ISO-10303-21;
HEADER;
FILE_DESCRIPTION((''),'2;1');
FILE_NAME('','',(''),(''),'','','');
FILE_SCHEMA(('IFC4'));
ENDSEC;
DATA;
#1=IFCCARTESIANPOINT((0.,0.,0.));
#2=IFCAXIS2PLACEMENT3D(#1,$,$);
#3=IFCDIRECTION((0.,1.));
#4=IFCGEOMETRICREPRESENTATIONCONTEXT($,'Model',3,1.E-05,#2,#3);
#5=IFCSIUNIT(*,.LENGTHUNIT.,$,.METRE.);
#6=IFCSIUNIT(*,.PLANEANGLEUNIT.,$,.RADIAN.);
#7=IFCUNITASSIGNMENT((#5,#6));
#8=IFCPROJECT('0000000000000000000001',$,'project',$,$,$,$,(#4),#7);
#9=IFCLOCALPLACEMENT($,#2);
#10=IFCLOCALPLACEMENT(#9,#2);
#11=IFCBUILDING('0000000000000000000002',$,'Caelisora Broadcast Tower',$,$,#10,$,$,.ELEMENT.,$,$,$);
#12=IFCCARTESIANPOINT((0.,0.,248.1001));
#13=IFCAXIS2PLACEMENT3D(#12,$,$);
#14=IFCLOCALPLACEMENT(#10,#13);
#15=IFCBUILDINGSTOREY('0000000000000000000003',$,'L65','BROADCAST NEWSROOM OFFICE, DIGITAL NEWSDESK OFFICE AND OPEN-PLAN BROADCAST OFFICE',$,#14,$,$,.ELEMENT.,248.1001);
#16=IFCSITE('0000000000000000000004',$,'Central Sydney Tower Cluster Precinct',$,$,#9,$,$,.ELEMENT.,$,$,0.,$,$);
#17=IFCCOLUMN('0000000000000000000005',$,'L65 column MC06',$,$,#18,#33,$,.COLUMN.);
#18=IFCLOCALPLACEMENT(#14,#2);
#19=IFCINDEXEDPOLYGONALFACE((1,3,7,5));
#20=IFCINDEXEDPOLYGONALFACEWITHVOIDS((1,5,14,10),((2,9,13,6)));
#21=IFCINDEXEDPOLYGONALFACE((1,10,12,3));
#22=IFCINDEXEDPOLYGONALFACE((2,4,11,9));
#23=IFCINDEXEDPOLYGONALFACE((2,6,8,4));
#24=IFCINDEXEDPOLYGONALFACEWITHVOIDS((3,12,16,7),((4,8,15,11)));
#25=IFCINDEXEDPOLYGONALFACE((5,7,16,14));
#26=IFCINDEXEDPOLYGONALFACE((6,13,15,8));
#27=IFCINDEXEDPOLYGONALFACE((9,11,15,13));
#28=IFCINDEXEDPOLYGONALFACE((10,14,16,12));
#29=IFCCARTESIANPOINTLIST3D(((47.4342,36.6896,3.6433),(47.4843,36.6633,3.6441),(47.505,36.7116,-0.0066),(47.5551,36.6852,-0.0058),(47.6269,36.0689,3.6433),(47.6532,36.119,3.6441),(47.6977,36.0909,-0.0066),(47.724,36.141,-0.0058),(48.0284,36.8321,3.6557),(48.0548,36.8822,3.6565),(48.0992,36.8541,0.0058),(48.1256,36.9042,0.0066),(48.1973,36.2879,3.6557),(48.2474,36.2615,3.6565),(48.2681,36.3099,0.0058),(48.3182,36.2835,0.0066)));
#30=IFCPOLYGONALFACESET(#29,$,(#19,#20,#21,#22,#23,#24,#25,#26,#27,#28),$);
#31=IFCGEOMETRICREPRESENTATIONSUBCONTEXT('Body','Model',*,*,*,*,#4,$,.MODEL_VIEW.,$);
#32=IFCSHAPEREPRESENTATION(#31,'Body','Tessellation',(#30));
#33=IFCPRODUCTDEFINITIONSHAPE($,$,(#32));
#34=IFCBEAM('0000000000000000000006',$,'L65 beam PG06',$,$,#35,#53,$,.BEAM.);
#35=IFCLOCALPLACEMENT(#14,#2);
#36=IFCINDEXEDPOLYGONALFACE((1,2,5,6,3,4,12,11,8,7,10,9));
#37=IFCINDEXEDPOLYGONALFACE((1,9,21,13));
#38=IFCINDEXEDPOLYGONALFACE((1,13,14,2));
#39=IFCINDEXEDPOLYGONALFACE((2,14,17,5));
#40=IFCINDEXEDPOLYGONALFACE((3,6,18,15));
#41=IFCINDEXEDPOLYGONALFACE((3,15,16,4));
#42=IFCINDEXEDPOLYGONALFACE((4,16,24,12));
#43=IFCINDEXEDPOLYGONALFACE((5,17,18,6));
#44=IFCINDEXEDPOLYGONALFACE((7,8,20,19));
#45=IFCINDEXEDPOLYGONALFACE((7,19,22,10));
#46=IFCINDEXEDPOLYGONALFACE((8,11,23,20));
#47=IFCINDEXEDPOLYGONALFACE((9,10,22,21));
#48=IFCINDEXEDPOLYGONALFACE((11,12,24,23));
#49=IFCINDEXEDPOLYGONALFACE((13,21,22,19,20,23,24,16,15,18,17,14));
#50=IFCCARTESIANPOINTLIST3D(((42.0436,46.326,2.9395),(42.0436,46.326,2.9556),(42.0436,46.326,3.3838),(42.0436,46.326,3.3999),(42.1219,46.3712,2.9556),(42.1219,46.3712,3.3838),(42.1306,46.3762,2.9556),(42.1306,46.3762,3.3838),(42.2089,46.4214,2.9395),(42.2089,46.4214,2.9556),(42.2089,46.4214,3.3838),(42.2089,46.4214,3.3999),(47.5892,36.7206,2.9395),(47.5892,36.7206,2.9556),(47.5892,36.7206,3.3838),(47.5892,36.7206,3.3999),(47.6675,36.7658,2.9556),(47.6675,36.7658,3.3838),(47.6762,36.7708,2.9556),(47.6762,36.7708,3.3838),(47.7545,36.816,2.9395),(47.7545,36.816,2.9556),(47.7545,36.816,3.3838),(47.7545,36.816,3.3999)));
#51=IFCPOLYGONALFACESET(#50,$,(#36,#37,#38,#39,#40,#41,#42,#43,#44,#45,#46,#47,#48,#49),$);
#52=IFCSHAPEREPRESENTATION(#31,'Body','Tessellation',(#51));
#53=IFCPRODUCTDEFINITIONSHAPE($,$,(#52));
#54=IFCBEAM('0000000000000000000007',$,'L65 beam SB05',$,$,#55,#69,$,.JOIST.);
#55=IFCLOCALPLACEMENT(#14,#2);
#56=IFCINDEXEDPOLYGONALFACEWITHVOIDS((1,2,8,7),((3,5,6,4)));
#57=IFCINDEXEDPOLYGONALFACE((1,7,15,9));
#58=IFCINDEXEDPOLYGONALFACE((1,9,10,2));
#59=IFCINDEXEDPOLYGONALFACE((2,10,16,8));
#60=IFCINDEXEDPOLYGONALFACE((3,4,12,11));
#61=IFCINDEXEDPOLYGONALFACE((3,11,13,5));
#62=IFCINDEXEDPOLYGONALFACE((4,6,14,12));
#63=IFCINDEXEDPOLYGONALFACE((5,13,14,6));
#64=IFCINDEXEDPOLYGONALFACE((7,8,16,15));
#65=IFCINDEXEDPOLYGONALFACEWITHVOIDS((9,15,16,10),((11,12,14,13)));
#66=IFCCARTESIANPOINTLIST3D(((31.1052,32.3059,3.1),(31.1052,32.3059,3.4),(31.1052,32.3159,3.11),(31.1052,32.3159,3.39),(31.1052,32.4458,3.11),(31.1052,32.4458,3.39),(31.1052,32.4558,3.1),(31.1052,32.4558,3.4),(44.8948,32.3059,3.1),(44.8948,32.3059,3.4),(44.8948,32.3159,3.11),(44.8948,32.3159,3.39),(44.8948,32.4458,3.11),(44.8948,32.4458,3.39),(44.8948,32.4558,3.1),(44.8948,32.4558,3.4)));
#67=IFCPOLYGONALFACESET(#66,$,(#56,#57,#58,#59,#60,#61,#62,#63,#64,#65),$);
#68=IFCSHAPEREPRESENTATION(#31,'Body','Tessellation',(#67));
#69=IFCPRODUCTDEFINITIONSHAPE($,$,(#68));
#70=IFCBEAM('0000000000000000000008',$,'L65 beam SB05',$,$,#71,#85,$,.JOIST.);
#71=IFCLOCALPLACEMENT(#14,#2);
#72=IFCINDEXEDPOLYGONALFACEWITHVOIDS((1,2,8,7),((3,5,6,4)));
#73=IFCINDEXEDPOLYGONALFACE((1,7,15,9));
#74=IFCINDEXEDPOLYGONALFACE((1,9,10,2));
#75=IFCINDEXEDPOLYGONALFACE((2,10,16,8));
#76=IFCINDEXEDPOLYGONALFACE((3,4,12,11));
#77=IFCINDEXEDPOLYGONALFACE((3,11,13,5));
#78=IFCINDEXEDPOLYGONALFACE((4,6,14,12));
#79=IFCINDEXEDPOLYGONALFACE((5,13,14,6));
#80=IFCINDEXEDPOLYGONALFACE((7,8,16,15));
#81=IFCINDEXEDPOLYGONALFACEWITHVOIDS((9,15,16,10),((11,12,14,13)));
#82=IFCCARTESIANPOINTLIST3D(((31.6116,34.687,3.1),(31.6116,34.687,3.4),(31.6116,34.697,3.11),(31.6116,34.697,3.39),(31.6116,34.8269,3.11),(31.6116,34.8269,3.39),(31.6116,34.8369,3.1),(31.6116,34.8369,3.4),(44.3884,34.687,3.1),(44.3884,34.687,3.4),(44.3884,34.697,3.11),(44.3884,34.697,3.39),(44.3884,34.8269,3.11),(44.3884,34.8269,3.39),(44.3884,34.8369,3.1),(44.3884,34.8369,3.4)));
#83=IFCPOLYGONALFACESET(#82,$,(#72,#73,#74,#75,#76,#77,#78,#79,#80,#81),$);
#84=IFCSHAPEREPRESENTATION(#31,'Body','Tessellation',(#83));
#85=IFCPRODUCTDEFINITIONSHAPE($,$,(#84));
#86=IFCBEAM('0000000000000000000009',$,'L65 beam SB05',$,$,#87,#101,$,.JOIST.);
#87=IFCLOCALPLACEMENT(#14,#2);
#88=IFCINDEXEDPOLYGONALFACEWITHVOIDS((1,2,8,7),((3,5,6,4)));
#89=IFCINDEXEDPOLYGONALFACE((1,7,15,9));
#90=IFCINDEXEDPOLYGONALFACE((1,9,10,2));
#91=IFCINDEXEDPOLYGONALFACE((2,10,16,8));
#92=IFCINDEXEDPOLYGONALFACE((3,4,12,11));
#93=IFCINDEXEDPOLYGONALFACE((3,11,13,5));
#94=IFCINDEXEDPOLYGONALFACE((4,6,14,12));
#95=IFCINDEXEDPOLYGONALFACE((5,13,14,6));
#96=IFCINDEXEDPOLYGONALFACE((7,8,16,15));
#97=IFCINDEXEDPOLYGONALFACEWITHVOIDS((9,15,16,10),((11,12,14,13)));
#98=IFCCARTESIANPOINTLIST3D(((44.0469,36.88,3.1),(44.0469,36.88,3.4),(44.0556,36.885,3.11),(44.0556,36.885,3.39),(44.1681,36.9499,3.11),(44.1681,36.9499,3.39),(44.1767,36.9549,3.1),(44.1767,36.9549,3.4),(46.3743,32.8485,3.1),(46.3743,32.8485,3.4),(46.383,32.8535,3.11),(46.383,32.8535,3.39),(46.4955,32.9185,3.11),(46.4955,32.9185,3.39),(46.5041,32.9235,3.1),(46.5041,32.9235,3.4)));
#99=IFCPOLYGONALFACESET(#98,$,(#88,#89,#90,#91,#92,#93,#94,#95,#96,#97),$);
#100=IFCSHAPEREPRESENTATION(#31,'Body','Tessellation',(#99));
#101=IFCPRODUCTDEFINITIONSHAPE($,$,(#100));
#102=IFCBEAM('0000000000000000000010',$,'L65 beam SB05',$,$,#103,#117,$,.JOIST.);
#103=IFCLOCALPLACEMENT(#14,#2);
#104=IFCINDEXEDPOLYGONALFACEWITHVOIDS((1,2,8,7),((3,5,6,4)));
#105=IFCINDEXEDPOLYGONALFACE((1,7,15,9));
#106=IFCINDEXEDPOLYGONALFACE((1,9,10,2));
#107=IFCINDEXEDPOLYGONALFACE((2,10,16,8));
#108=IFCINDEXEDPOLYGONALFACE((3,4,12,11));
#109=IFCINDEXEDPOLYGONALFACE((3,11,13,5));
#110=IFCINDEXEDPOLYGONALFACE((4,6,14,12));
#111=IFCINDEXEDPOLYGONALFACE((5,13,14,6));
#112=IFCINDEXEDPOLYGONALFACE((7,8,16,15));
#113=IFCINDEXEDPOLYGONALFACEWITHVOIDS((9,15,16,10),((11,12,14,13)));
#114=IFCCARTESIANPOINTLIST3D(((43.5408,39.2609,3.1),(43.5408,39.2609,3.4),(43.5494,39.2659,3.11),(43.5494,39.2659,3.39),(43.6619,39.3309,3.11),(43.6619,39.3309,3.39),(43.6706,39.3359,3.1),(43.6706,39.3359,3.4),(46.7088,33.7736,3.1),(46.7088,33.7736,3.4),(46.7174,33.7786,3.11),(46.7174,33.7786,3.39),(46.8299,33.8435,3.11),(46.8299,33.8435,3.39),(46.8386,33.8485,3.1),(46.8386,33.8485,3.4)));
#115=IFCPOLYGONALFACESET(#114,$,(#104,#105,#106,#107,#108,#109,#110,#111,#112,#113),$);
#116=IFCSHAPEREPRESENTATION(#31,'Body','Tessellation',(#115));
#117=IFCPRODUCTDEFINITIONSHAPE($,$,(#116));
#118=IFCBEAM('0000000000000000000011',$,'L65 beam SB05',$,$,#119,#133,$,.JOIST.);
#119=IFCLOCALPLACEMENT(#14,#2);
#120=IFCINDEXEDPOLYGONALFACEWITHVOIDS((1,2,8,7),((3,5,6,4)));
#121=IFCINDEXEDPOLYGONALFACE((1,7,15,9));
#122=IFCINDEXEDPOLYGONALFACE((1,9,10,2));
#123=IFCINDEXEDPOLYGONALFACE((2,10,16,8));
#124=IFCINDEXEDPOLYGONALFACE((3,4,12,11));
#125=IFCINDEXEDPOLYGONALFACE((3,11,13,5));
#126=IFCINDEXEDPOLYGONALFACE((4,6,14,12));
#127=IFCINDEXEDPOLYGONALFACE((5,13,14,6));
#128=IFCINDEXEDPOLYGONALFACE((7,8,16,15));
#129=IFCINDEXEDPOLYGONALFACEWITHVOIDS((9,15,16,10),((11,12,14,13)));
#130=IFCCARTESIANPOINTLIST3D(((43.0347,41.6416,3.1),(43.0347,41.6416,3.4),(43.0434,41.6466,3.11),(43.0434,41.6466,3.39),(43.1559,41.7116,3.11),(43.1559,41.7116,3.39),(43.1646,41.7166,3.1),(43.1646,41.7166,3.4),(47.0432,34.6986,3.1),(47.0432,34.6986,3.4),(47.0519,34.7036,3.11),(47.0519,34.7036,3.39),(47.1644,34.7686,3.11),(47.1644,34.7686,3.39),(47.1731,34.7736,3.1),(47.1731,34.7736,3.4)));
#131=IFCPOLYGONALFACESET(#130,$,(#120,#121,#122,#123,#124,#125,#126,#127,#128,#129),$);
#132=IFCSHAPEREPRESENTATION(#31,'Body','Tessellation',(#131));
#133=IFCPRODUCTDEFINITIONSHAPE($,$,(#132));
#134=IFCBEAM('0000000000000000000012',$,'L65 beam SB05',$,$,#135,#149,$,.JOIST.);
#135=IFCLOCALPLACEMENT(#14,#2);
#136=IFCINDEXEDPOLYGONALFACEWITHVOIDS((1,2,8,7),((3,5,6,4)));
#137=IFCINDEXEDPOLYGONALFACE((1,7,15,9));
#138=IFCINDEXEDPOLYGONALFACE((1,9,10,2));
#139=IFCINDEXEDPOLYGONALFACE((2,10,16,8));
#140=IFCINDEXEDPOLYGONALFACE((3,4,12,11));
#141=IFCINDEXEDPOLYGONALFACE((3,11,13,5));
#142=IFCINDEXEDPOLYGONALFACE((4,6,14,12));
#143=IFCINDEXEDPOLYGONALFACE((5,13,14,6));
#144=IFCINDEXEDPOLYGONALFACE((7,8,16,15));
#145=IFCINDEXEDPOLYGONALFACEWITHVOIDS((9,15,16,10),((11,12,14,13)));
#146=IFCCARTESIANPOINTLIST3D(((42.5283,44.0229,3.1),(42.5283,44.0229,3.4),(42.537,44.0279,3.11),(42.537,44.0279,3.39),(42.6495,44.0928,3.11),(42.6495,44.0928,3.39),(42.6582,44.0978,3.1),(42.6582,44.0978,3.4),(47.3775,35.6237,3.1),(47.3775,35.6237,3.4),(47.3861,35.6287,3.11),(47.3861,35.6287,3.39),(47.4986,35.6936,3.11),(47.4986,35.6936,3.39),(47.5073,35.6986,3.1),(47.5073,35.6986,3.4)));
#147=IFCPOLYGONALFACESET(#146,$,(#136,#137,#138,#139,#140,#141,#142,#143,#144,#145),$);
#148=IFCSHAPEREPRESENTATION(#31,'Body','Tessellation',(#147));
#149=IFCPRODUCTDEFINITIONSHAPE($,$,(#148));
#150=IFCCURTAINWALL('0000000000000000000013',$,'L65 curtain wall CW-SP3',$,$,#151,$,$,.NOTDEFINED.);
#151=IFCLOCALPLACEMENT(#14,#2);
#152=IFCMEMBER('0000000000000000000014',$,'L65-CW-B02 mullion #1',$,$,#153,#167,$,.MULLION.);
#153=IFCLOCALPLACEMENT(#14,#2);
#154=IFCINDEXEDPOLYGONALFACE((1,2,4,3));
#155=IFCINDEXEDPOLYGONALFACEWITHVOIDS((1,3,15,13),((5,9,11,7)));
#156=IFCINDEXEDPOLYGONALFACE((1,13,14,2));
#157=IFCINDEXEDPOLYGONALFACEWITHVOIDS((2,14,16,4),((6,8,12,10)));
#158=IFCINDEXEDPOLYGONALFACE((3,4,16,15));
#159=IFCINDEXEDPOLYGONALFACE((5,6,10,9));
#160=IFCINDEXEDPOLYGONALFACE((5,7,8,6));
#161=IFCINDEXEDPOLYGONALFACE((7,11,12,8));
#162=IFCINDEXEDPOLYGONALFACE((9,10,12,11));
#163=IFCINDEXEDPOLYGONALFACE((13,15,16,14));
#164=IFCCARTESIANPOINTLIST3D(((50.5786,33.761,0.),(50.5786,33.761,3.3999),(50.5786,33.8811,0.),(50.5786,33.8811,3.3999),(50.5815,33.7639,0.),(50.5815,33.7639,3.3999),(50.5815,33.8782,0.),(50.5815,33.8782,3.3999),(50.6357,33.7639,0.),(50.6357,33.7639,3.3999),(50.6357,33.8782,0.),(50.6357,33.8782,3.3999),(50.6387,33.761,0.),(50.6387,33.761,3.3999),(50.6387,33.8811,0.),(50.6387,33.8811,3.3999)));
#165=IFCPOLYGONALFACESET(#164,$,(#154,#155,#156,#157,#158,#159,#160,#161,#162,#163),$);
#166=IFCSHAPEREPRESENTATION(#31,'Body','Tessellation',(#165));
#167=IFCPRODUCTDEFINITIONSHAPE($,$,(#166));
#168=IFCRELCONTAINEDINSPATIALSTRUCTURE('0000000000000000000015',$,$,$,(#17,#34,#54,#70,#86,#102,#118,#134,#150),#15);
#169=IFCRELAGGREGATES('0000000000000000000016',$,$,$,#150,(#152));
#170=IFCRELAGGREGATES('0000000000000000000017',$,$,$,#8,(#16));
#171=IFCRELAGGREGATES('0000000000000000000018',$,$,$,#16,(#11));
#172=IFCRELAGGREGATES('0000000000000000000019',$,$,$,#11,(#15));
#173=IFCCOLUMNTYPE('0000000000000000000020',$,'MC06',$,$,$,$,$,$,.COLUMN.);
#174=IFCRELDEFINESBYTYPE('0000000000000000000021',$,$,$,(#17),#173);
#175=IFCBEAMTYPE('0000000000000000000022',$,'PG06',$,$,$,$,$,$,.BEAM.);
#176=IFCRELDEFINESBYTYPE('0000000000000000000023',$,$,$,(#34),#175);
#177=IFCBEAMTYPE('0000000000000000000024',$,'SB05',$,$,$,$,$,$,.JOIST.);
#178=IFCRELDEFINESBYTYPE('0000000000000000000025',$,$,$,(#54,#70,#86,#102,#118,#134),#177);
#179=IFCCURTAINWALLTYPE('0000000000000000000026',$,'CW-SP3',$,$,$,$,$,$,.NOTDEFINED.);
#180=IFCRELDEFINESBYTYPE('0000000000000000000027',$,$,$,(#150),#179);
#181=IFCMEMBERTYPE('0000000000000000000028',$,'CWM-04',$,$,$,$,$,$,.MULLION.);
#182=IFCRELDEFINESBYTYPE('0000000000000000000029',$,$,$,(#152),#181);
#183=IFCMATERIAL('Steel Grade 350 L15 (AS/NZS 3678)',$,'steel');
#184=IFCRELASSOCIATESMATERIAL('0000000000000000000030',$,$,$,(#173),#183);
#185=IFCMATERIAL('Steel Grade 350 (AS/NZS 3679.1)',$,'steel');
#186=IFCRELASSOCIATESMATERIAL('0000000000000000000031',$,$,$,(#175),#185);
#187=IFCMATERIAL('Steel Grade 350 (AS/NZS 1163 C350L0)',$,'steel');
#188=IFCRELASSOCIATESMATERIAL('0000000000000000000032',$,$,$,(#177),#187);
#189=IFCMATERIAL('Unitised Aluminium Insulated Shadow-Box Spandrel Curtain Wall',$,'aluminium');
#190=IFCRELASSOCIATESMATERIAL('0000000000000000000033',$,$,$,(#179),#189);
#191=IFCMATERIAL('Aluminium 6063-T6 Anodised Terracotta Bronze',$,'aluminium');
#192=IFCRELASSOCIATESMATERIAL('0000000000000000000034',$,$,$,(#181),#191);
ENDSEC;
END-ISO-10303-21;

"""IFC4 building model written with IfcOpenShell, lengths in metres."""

from ifc_helpers import new_model, si_unit, direction, frame, origin, origin_2d, place, context, subcontext, project, spatial, hollow_rectangle, i_section, extrude, source, transform, mapped, material, material_profile, profile_set, type_object, type_shapes, element, aggregate, save


model = new_model("IFC4")

# Units and contexts
model_context = context("Model", 3, precision=1e-05, world=origin(), true_north=direction((0.0, 1.0)))
body_context = subcontext(model_context, "Body", "Model", "MODEL_VIEW")
ifc_project = project(units=[si_unit("LENGTHUNIT", "METRE"), si_unit("PLANEANGLEUNIT", "RADIAN")], contexts=[model_context])

# Site, building, storey
site_placement = place(None, origin())
site = spatial("IfcSite", under=ifc_project, at=site_placement, Name="Central Sydney Tower Cluster Precinct", CompositionType="ELEMENT", RefElevation=0.0)
building_placement = place(site_placement, origin())
building = spatial("IfcBuilding", under=site, at=building_placement, Name="Caelisora Broadcast Tower", CompositionType="ELEMENT")
storey_placement = place(building_placement, frame((0.0, 0.0, 248.1001)))
storey = spatial("IfcBuildingStorey", under=building, at=storey_placement, Name="L65", Description="BROADCAST NEWSROOM OFFICE, DIGITAL NEWSDESK OFFICE AND OPEN-PLAN BROADCAST OFFICE", CompositionType="ELEMENT", Elevation=248.1001)

# Column
ifc_material_1 = material(Name="Steel Grade 350 L15 (AS/NZS 3678)", Category="steel")
ifc_material_profile_1 = material_profile(ifc_material_1, hollow_rectangle(XDim=0.6499, YDim=0.6499, WallThickness=0.04, at=origin_2d()), Name="Steel Grade 350 L15 (AS/NZS 3678)")
ifc_profile_set_1 = profile_set([ifc_material_profile_1], Name="Steel Grade 350 L15 (AS/NZS 3678)")
column_type = type_object("IfcColumnType", Name="MC06", PredefinedType="COLUMN", material=ifc_profile_set_1)
shared_shape_1 = source(origin(), body_context, "Body", "SweptSolid", [
    extrude(hollow_rectangle(XDim=0.6499, YDim=0.6499, WallThickness=0.04, at=origin_2d()), origin(), (0.0, 0.0, 1.0), 3.6506),
])
type_shapes(column_type, [shared_shape_1])
column_placement = place(storey_placement, frame((47.9116, 36.4976, 0.0), z_axis=(-0.019394, -0.006019, 0.999794), x_axis=(0.296399, -0.955064, 0.0)))
element("IfcColumn", 1, at=column_placement, inside=storey, type_object=column_type, Name="L65 column MC06", PredefinedType="COLUMN", context=body_context, shape_type="MappedRepresentation", body=[
    mapped(shared_shape_1, transform((0.0, 0.0, 0.0), scale=1.0)),
])

# Beams
ifc_material_2 = material(Name="Steel Grade 350 (AS/NZS 3679.1)", Category="steel")
ifc_material_profile_2 = material_profile(ifc_material_2, i_section(OverallWidth=0.1909, OverallDepth=0.4604, WebThickness=0.01, FlangeThickness=0.0161, at=origin_2d()), Name="Steel Grade 350 (AS/NZS 3679.1)")
ifc_profile_set_2 = profile_set([ifc_material_profile_2], Name="Steel Grade 350 (AS/NZS 3679.1)")
beam_type_1 = type_object("IfcBeamType", Name="PG06", PredefinedType="BEAM", material=ifc_profile_set_2)
shared_shape_2 = source(origin(), body_context, "Body", "SweptSolid", [
    extrude(i_section(OverallWidth=0.1909, OverallDepth=0.4604, WebThickness=0.01, FlangeThickness=0.0161, at=origin_2d()), origin(), (0.0, 0.0, 1.0), 11.0913),
])
type_shapes(beam_type_1, [shared_shape_2])
beam_1_placement = place(storey_placement, frame((47.6719, 36.7683, 3.1697), z_axis=(-0.499996, 0.866028, 0.0), x_axis=(-0.866028, -0.499996, 0.0)))
element("IfcBeam", 2, at=beam_1_placement, inside=storey, type_object=beam_type_1, Name="L65 beam PG06", PredefinedType="BEAM", context=body_context, shape_type="MappedRepresentation", body=[
    mapped(shared_shape_2, transform((0.0, 0.0, 0.0), scale=1.0)),
])
ifc_material_3 = material(Name="Steel Grade 350 (AS/NZS 1163 C350L0)", Category="steel")
ifc_material_profile_3 = material_profile(ifc_material_3, hollow_rectangle(XDim=0.1499, YDim=0.3, WallThickness=0.01, at=origin_2d()), Name="Steel Grade 350 (AS/NZS 1163 C350L0)")
ifc_profile_set_3 = profile_set([ifc_material_profile_3], Name="Steel Grade 350 (AS/NZS 1163 C350L0)")
beam_type_2 = type_object("IfcBeamType", Name="SB05", PredefinedType="JOIST", material=ifc_profile_set_3)
shared_shape_3 = source(origin(), body_context, "Body", "SweptSolid", [
    extrude(hollow_rectangle(XDim=0.1499, YDim=0.3, WallThickness=0.01, at=origin_2d()), origin(), (0.0, 0.0, 1.0), 13.7896),
])
beam_2_placement = place(storey_placement, frame((44.8948, 32.3809, 3.25), z_axis=(-1.0, 0.0, 0.0), x_axis=(0.0, -1.0, 0.0)))
element("IfcBeam", 3, at=beam_2_placement, inside=storey, type_object=beam_type_2, Name="L65 beam SB05", PredefinedType="JOIST", context=body_context, shape_type="MappedRepresentation", body=[
    mapped(shared_shape_3, transform((0.0, 0.0, 0.0), scale=1.0)),
])
shared_shape_4 = source(origin(), body_context, "Body", "SweptSolid", [
    extrude(hollow_rectangle(XDim=0.1499, YDim=0.3, WallThickness=0.01, at=origin_2d()), origin(), (0.0, 0.0, 1.0), 12.7769),
])
beam_3_placement = place(storey_placement, frame((44.3884, 34.762, 3.25), z_axis=(-1.0, 0.0, 0.0), x_axis=(0.0, -1.0, 0.0)))
element("IfcBeam", 4, at=beam_3_placement, inside=storey, type_object=beam_type_2, Name="L65 beam SB05", PredefinedType="JOIST", context=body_context, shape_type="MappedRepresentation", body=[
    mapped(shared_shape_4, transform((0.0, 0.0, 0.0), scale=1.0)),
])
shared_shape_5 = source(origin(), body_context, "Body", "SweptSolid", [
    extrude(hollow_rectangle(XDim=0.1499, YDim=0.3, WallThickness=0.01, at=origin_2d()), origin(), (0.0, 0.0, 1.0), 4.655),
])
beam_4_placement = place(storey_placement, frame((46.4392, 32.886, 3.25), z_axis=(-0.499969, 0.866043, 0.0), x_axis=(-0.866043, -0.499969, 0.0)))
element("IfcBeam", 5, at=beam_4_placement, inside=storey, type_object=beam_type_2, Name="L65 beam SB05", PredefinedType="JOIST", context=body_context, shape_type="MappedRepresentation", body=[
    mapped(shared_shape_5, transform((0.0, 0.0, 0.0), scale=1.0)),
])
shared_shape_6 = source(origin(), body_context, "Body", "SweptSolid", [
    extrude(hollow_rectangle(XDim=0.1499, YDim=0.3, WallThickness=0.01, at=origin_2d()), origin(), (0.0, 0.0, 1.0), 6.3362),
])
beam_5_placement = place(storey_placement, frame((46.7737, 33.811, 3.25), z_axis=(-0.499985, 0.866034, 0.0), x_axis=(-0.866034, -0.499985, 0.0)))
element("IfcBeam", 6, at=beam_5_placement, inside=storey, type_object=beam_type_2, Name="L65 beam SB05", PredefinedType="JOIST", context=body_context, shape_type="MappedRepresentation", body=[
    mapped(shared_shape_6, transform((0.0, 0.0, 0.0), scale=1.0)),
])
shared_shape_7 = source(origin(), body_context, "Body", "SweptSolid", [
    extrude(hollow_rectangle(XDim=0.1499, YDim=0.3, WallThickness=0.01, at=origin_2d()), origin(), (0.0, 0.0, 1.0), 8.0171),
])
beam_6_placement = place(storey_placement, frame((47.1082, 34.7361, 3.25), z_axis=(-0.499994, 0.866029, 0.0), x_axis=(-0.866029, -0.499994, 0.0)))
element("IfcBeam", 7, at=beam_6_placement, inside=storey, type_object=beam_type_2, Name="L65 beam SB05", PredefinedType="JOIST", context=body_context, shape_type="MappedRepresentation", body=[
    mapped(shared_shape_7, transform((0.0, 0.0, 0.0), scale=1.0)),
])
shared_shape_8 = source(origin(), body_context, "Body", "SweptSolid", [
    extrude(hollow_rectangle(XDim=0.1499, YDim=0.3, WallThickness=0.01, at=origin_2d()), origin(), (0.0, 0.0, 1.0), 9.6985),
])
type_shapes(beam_type_2, [shared_shape_3, shared_shape_4, shared_shape_5, shared_shape_6, shared_shape_7, shared_shape_8])
beam_7_placement = place(storey_placement, frame((47.4424, 35.6611, 3.25), z_axis=(-0.499989, 0.866032, 0.0), x_axis=(-0.866032, -0.499989, 0.0)))
element("IfcBeam", 8, at=beam_7_placement, inside=storey, type_object=beam_type_2, Name="L65 beam SB05", PredefinedType="JOIST", context=body_context, shape_type="MappedRepresentation", body=[
    mapped(shared_shape_8, transform((0.0, 0.0, 0.0), scale=1.0)),
])

# Curtain wall, member
ifc_material_4 = material(Name="Unitised Aluminium Insulated Shadow-Box Spandrel Curtain Wall", Category="aluminium")
curtain_wall_type = type_object("IfcCurtainWallType", Name="CW-SP3", PredefinedType="NOTDEFINED", material=ifc_material_4)
curtain_wall_placement = place(storey_placement, origin())
curtain_wall = element("IfcCurtainWall", 9, at=curtain_wall_placement, inside=storey, type_object=curtain_wall_type, Name="L65 curtain wall CW-SP3", PredefinedType="NOTDEFINED")
ifc_material_5 = material(Name="Aluminium 6063-T6 Anodised Terracotta Bronze", Category="aluminium")
ifc_material_profile_4 = material_profile(ifc_material_5, hollow_rectangle(XDim=0.0601, YDim=0.1201, WallThickness=0.0029, at=origin_2d()), Name="Aluminium 6063-T6 Anodised Terracotta Bronze")
ifc_profile_set_4 = profile_set([ifc_material_profile_4], Name="Aluminium 6063-T6 Anodised Terracotta Bronze")
member_type = type_object("IfcMemberType", Name="CWM-04", PredefinedType="MULLION", material=ifc_profile_set_4)
shared_shape_9 = source(origin(), body_context, "Body", "SweptSolid", [
    extrude(hollow_rectangle(XDim=0.0601, YDim=0.1201, WallThickness=0.0029, at=origin_2d()), origin(), (0.0, 0.0, 1.0), 3.3999),
])
type_shapes(member_type, [shared_shape_9])
member_placement = place(storey_placement, frame((50.6086, 33.821, 0.0), z_axis=(0.0, 0.0, 1.0), x_axis=(1.0, 0.0, 0.0)))
member = element("IfcMember", 10, at=member_placement, type_object=member_type, Name="L65-CW-B02 mullion #1", PredefinedType="MULLION", context=body_context, shape_type="MappedRepresentation", body=[
    mapped(shared_shape_9, transform((0.0, 0.0, 0.0), scale=1.0)),
])

aggregate(curtain_wall, [member])

save(model, "model.ifc")
